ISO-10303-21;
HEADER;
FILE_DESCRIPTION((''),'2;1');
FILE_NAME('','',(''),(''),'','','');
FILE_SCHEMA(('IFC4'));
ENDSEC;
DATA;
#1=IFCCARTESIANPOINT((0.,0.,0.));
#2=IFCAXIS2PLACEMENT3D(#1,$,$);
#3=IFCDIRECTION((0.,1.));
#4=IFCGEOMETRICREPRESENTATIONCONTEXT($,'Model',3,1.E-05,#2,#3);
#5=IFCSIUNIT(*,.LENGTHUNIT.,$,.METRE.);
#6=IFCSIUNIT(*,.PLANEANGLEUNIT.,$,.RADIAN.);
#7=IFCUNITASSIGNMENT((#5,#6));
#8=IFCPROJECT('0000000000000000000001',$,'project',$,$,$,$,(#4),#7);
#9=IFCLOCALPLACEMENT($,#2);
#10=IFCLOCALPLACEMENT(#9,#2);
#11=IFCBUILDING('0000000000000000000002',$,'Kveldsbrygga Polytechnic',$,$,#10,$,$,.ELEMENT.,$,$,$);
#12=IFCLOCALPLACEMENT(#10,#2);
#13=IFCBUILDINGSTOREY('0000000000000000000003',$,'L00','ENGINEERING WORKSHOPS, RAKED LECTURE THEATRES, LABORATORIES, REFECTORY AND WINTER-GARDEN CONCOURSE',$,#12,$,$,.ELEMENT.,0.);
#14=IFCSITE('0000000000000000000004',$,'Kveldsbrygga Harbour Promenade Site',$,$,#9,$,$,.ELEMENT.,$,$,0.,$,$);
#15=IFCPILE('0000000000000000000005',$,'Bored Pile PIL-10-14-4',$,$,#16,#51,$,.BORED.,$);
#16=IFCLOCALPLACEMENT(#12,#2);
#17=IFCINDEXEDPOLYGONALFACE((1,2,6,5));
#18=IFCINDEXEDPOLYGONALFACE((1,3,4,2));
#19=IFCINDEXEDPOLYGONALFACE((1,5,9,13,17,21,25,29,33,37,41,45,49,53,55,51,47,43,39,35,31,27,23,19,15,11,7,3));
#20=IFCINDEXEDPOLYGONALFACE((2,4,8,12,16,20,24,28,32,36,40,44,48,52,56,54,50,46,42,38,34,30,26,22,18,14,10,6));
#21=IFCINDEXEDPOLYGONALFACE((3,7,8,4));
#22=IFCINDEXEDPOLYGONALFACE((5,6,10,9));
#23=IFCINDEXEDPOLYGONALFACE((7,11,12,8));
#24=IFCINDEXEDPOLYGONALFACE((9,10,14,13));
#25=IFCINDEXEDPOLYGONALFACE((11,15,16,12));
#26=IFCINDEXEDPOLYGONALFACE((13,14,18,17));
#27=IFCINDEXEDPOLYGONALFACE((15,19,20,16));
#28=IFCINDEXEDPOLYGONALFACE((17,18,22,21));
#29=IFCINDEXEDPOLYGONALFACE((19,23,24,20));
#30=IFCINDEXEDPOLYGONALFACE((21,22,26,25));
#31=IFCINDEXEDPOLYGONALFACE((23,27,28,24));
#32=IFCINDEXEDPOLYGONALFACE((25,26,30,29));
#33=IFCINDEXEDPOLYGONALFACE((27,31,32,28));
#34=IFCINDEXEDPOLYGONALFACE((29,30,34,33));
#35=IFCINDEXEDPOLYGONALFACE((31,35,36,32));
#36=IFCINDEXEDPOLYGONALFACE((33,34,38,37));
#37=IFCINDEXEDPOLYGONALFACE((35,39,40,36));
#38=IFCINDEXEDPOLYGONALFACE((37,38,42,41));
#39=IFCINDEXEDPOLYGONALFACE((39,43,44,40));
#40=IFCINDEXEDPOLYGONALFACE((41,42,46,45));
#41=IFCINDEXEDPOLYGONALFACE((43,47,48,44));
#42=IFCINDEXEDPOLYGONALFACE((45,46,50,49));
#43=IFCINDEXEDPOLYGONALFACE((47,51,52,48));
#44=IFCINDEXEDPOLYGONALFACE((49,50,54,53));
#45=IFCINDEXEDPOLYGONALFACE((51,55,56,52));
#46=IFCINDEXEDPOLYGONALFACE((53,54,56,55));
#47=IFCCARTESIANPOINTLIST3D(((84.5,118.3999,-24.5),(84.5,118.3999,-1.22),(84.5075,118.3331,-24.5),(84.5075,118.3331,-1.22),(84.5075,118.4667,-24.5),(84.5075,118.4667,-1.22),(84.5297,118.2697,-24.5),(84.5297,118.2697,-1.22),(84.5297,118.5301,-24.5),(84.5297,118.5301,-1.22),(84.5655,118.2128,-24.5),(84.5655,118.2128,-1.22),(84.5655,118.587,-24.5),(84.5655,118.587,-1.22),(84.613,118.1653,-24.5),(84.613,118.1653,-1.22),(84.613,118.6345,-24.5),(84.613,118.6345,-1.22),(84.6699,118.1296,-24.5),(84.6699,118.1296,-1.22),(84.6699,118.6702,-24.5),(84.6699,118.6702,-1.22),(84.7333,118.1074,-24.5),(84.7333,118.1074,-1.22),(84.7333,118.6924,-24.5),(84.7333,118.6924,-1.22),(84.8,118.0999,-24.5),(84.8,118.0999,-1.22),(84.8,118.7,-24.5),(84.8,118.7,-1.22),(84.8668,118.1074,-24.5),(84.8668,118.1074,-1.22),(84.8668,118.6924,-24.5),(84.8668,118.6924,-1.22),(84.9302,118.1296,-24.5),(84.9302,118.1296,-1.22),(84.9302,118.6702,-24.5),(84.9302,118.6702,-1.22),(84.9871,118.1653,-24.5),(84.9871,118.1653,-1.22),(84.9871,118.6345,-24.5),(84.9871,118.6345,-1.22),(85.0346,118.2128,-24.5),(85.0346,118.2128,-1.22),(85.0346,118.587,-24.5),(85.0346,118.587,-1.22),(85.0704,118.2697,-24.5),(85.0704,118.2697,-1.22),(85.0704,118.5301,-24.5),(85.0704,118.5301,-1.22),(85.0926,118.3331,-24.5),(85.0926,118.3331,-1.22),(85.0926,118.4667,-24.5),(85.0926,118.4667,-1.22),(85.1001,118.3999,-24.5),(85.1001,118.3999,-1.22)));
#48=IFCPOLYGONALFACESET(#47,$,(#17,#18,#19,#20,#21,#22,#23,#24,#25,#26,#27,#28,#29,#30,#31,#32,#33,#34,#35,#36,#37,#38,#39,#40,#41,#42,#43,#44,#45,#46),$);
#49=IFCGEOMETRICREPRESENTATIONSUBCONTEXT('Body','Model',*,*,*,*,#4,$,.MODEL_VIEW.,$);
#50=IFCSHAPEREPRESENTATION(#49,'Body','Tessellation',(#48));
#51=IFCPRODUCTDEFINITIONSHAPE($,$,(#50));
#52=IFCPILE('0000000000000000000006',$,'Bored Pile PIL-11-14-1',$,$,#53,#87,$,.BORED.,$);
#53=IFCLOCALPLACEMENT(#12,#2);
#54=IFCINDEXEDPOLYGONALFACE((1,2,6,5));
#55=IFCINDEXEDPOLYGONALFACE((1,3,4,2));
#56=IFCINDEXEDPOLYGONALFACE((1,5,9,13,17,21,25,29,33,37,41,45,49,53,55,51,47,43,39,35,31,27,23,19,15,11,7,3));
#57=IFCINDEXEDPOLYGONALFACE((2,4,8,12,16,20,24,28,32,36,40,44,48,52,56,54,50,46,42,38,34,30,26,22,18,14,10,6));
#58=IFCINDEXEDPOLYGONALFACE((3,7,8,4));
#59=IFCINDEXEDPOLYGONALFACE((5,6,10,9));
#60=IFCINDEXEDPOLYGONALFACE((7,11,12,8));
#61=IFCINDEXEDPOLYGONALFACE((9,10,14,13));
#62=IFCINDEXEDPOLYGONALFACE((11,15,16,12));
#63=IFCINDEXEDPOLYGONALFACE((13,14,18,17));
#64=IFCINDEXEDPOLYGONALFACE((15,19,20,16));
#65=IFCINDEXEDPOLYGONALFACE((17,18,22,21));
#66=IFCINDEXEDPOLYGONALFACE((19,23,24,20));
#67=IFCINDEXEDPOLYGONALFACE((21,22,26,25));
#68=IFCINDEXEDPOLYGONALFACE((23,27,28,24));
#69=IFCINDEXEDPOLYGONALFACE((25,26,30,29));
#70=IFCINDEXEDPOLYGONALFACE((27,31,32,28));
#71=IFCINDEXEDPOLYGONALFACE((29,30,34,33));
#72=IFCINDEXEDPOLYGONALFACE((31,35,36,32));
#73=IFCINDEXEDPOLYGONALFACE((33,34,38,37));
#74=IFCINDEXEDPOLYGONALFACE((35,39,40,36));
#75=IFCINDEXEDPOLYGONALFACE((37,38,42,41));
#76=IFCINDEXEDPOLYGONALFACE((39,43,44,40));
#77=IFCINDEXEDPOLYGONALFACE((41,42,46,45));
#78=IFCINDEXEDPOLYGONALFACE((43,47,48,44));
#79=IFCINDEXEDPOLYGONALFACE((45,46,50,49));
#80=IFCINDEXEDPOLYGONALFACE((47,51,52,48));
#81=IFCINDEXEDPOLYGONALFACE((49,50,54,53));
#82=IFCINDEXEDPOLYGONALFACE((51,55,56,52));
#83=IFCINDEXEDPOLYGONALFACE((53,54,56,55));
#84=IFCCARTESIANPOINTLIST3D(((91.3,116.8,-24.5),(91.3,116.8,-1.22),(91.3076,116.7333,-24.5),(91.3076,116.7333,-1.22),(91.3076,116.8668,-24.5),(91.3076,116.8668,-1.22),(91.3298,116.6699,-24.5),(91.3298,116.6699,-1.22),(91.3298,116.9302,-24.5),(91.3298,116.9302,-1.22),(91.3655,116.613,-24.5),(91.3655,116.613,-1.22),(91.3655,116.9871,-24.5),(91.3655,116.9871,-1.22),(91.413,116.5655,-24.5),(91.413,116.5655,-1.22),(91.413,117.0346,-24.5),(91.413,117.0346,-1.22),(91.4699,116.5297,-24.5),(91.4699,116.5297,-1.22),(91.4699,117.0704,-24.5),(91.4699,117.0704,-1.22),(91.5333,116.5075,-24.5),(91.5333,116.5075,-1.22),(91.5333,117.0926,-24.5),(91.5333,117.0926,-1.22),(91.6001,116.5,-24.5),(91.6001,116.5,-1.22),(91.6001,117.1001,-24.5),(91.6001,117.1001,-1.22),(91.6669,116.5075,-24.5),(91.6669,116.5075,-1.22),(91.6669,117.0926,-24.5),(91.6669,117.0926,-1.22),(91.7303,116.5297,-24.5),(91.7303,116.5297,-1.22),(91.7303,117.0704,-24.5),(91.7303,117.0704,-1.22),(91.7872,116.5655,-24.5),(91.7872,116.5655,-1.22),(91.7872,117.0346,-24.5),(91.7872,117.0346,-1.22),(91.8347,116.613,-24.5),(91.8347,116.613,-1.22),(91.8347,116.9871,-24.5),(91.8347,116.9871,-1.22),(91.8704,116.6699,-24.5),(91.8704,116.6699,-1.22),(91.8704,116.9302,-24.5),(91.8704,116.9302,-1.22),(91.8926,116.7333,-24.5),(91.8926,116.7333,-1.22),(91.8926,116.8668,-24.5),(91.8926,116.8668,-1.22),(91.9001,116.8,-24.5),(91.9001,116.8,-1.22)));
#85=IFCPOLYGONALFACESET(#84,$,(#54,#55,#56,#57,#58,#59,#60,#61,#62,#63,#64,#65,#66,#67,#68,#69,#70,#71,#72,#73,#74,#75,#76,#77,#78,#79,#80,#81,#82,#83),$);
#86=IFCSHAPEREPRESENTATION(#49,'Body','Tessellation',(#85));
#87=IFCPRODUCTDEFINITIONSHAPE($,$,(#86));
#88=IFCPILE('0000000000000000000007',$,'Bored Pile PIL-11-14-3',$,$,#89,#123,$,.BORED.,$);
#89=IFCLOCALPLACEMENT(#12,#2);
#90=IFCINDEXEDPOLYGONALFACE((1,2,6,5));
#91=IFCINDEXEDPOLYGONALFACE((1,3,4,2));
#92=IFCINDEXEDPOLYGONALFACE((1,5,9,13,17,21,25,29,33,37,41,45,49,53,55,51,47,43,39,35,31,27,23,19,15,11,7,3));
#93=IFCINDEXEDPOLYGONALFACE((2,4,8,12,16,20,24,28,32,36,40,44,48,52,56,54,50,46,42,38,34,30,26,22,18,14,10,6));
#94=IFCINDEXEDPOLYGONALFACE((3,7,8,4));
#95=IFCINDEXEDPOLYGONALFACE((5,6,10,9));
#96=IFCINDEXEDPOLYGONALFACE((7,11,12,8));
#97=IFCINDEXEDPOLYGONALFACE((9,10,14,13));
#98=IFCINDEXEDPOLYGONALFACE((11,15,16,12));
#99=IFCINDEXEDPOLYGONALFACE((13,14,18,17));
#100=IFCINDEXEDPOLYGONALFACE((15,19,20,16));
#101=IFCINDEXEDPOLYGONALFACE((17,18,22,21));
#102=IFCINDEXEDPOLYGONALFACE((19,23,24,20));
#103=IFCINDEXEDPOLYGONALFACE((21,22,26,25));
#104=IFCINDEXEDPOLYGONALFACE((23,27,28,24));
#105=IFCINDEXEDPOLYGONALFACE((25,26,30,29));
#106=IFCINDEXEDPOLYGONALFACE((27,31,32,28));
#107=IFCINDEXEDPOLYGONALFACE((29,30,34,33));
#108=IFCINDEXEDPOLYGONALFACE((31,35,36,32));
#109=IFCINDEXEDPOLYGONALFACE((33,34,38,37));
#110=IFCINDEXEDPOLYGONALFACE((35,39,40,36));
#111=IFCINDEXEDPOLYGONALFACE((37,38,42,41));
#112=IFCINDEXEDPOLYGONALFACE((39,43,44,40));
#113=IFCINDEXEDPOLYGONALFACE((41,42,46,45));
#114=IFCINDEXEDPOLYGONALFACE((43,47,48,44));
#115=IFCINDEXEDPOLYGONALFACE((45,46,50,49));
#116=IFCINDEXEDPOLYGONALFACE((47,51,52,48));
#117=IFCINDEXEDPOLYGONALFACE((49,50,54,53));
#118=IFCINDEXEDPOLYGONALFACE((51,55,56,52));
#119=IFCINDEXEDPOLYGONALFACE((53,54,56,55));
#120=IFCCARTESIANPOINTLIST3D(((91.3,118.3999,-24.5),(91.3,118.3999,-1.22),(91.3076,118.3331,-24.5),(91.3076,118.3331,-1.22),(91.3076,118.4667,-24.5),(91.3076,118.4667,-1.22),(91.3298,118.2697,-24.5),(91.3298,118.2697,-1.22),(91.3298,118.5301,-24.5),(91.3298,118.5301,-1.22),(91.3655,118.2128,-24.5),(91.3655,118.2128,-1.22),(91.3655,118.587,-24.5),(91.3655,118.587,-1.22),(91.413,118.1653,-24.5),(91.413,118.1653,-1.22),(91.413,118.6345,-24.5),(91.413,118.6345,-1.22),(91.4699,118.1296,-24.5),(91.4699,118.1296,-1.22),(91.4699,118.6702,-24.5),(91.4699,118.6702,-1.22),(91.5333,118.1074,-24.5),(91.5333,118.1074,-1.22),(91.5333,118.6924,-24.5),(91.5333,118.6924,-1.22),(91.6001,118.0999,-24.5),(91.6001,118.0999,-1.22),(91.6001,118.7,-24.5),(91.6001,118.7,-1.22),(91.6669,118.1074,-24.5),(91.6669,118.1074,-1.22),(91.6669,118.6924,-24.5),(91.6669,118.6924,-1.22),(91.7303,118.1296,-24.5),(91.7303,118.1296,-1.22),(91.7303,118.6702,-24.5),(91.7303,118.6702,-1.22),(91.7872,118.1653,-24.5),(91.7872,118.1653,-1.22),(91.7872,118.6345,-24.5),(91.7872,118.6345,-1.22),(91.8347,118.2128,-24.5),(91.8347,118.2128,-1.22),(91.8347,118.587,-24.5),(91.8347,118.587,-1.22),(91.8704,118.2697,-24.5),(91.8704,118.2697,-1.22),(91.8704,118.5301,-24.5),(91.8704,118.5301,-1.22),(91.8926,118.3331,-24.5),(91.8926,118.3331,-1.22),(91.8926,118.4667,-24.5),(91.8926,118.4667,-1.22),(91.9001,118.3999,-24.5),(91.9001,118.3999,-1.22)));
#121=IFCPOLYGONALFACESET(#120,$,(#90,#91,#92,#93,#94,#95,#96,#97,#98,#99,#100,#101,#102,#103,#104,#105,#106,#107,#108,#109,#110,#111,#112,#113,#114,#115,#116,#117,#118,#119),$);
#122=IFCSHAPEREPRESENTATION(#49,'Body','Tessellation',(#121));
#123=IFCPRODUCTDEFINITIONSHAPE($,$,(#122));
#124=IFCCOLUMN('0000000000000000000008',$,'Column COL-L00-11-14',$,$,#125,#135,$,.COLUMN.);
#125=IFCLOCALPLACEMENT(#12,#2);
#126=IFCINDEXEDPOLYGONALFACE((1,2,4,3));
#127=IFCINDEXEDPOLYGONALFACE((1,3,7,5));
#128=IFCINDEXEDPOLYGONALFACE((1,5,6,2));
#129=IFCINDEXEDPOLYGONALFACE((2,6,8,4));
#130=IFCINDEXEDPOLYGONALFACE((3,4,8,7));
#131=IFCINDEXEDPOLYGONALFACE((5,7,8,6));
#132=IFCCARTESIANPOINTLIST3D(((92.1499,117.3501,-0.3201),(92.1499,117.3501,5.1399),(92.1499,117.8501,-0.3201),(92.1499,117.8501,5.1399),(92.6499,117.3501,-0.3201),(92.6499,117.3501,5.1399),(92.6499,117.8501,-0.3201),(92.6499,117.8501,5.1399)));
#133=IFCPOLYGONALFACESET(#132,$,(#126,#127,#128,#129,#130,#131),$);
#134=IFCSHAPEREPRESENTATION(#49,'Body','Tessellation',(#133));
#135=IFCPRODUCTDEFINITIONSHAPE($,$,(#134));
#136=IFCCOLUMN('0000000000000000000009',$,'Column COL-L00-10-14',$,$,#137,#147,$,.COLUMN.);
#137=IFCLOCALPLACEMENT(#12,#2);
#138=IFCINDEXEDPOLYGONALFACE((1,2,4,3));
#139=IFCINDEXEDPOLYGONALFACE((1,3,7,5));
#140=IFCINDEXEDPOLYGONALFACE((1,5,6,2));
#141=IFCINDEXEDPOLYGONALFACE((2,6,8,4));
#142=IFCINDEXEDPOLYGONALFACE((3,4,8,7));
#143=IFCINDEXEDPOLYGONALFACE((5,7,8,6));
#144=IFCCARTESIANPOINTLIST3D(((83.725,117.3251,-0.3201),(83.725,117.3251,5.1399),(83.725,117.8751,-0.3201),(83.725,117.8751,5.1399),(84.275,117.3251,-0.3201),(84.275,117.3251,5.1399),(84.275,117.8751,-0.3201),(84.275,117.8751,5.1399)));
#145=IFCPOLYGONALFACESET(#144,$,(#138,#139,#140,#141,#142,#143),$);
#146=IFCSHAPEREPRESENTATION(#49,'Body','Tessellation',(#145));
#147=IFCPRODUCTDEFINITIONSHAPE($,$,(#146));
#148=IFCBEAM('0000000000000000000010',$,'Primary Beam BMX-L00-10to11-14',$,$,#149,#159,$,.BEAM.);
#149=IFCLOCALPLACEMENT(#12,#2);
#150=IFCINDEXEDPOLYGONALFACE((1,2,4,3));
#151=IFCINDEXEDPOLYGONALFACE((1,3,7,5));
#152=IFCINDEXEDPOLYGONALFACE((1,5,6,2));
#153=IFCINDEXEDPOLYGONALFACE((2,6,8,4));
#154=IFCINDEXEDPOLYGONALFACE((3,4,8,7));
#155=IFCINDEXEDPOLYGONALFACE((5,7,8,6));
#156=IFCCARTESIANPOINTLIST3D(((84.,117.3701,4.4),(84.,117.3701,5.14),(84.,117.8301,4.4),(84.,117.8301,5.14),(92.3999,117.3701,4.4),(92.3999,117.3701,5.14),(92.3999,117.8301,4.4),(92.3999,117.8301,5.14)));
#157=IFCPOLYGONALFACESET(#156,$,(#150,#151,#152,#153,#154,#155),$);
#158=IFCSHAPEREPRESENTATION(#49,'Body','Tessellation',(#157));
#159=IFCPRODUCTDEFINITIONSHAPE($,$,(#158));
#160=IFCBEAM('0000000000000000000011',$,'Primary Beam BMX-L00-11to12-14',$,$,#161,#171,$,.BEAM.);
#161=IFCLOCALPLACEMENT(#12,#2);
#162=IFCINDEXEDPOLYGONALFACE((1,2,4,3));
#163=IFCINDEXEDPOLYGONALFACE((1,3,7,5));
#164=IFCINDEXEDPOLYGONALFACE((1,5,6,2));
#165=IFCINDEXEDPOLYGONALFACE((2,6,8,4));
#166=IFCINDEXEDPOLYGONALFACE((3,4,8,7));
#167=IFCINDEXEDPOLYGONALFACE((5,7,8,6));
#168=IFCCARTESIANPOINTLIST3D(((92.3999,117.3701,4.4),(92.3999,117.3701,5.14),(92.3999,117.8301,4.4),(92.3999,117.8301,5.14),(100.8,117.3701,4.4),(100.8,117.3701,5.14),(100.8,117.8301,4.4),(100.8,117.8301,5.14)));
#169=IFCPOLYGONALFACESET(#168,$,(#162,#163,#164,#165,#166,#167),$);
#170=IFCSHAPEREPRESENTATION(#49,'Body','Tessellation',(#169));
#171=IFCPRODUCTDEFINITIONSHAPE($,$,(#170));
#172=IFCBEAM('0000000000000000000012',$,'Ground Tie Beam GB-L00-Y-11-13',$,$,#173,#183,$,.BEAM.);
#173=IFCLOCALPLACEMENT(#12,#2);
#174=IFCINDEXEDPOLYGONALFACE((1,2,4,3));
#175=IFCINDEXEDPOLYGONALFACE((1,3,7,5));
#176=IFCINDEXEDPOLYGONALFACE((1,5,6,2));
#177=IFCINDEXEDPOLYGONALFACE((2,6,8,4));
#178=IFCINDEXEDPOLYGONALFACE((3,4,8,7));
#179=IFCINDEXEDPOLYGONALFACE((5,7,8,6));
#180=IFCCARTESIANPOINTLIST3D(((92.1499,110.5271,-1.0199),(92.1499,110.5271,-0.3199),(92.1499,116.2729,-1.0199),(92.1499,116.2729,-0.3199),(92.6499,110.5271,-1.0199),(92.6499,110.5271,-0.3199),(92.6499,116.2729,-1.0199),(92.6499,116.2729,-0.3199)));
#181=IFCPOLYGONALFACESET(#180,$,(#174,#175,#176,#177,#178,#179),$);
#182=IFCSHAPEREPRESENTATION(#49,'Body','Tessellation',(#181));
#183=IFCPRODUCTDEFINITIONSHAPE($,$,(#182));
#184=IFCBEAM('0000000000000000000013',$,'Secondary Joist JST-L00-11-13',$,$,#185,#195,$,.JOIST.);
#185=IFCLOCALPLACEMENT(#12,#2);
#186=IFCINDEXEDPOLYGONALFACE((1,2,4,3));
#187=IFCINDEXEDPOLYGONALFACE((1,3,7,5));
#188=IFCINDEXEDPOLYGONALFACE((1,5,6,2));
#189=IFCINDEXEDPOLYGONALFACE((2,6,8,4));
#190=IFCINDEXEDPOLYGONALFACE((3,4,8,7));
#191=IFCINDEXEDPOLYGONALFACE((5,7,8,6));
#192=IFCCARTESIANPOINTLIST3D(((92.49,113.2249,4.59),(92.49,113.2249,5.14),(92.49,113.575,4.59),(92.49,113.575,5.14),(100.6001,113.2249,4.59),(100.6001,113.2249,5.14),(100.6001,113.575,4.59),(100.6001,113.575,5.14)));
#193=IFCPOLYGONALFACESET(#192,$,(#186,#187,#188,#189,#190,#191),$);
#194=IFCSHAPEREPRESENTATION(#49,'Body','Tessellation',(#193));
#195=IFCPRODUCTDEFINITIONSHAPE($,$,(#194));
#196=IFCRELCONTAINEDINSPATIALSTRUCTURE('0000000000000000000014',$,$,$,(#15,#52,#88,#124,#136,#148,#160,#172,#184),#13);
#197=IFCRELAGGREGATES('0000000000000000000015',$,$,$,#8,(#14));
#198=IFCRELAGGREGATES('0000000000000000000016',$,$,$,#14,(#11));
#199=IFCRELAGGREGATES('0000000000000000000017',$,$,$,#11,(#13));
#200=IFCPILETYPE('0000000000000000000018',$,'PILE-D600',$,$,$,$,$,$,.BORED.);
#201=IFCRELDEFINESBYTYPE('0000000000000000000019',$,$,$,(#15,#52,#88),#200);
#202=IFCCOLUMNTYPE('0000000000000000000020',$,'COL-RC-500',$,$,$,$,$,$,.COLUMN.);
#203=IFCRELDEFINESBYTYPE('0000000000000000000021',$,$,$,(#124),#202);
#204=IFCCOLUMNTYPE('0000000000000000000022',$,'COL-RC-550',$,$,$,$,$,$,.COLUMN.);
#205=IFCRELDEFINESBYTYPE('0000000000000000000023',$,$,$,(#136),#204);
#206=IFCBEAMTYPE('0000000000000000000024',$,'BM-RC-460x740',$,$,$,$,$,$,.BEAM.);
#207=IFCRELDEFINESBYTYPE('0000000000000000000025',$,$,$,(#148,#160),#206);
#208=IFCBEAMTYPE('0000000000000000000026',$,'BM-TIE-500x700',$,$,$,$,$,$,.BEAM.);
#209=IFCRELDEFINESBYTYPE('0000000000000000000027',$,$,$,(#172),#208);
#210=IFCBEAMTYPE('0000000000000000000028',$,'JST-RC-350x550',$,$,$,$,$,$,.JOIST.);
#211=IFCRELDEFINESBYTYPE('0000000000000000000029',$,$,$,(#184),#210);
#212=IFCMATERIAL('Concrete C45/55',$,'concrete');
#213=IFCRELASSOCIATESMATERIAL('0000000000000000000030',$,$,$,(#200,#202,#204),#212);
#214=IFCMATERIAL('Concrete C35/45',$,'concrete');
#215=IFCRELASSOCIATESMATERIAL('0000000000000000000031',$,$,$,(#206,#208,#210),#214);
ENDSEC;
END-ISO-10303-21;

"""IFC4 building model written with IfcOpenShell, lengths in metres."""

from ifc_helpers import new_model, si_unit, direction, frame, origin, origin_2d, place, context, subcontext, project, spatial, rectangle, circle, extrude, material, material_profile, profile_set, type_object, element, save


model = new_model("IFC4")

# Units and contexts
model_context = context("Model", 3, precision=1e-05, world=origin(), true_north=direction((0.0, 1.0)))
body_context = subcontext(model_context, "Body", "Model", "MODEL_VIEW")
ifc_project = project(units=[si_unit("LENGTHUNIT", "METRE"), si_unit("PLANEANGLEUNIT", "RADIAN")], contexts=[model_context])

# Site, building, storey
site_placement = place(None, origin())
site = spatial("IfcSite", under=ifc_project, at=site_placement, Name="Kveldsbrygga Harbour Promenade Site", CompositionType="ELEMENT", RefElevation=0.0)
building_placement = place(site_placement, origin())
building = spatial("IfcBuilding", under=site, at=building_placement, Name="Kveldsbrygga Polytechnic", CompositionType="ELEMENT")
storey_placement = place(building_placement, origin())
storey = spatial("IfcBuildingStorey", under=building, at=storey_placement, Name="L00", Description="ENGINEERING WORKSHOPS, RAKED LECTURE THEATRES, LABORATORIES, REFECTORY AND WINTER-GARDEN CONCOURSE", CompositionType="ELEMENT", Elevation=0.0)

# Shared definitions
ifc_material_1 = material(Name="Concrete C45/55", Category="concrete")

# Piles
ifc_material_profile_1 = material_profile(ifc_material_1, circle(Radius=0.3, at=origin_2d()), Name="PILE D600")
ifc_profile_set_1 = profile_set([ifc_material_profile_1], Name="Concrete C45/55")
pile_type = type_object("IfcPileType", Name="PILE-D600", PredefinedType="BORED", material=ifc_profile_set_1)
for number, where, z_axis, x_axis, name in (
    (1, (84.8, 118.3999, -1.22), (0.0, 0.0, -1.0), (1.0, 0.0, 0.0), "Bored Pile PIL-10-14-4"),
    (2, (91.6001, 116.8, -1.22), (0.0, 0.0, -1.0), (1.0, 0.0, 0.0), "Bored Pile PIL-11-14-1"),
    (3, (91.6001, 118.3999, -1.22), (0.0, 0.0, -1.0), (1.0, 0.0, 0.0), "Bored Pile PIL-11-14-3"),
):
    element("IfcPile", number, at=place(storey_placement, frame(where, z_axis=z_axis, x_axis=x_axis)), inside=storey, type_object=pile_type, Name=name, PredefinedType="BORED", context=body_context, shape_type="SweptSolid", body=[
        extrude(circle(Radius=0.3, at=origin_2d()), origin(), (0.0, 0.0, 1.0), 23.28),
    ])

# Columns
ifc_material_profile_2 = material_profile(ifc_material_1, rectangle(XDim=0.5, YDim=0.5, at=origin_2d()), Name="RC 500x500")
ifc_profile_set_2 = profile_set([ifc_material_profile_2], Name="Concrete C45/55")
column_type_1 = type_object("IfcColumnType", Name="COL-RC-500", PredefinedType="COLUMN", material=ifc_profile_set_2)
column_1_placement = place(storey_placement, frame((92.3999, 117.6001, -0.3201), z_axis=(0.0, 0.0, 1.0), x_axis=(1.0, 0.0, 0.0)))
element("IfcColumn", 4, at=column_1_placement, inside=storey, type_object=column_type_1, Name="Column COL-L00-11-14", PredefinedType="COLUMN", context=body_context, shape_type="SweptSolid", body=[
    extrude(rectangle(XDim=0.5, YDim=0.5, at=origin_2d()), origin(), (0.0, 0.0, 1.0), 5.46),
])
ifc_material_profile_3 = material_profile(ifc_material_1, rectangle(XDim=0.55, YDim=0.55, at=origin_2d()), Name="RC 550x550")
ifc_profile_set_3 = profile_set([ifc_material_profile_3], Name="Concrete C45/55")
column_type_2 = type_object("IfcColumnType", Name="COL-RC-550", PredefinedType="COLUMN", material=ifc_profile_set_3)
column_2_placement = place(storey_placement, frame((84.0, 117.6001, -0.3201), z_axis=(0.0, 0.0, 1.0), x_axis=(1.0, 0.0, 0.0)))
element("IfcColumn", 5, at=column_2_placement, inside=storey, type_object=column_type_2, Name="Column COL-L00-10-14", PredefinedType="COLUMN", context=body_context, shape_type="SweptSolid", body=[
    extrude(rectangle(XDim=0.55, YDim=0.55, at=origin_2d()), origin(), (0.0, 0.0, 1.0), 5.46),
])

# Beams
ifc_material_2 = material(Name="Concrete C35/45", Category="concrete")
ifc_material_profile_4 = material_profile(ifc_material_2, rectangle(XDim=0.46, YDim=0.74, at=origin_2d()), Name="RC 460x740")
ifc_profile_set_4 = profile_set([ifc_material_profile_4], Name="Concrete C35/45")
beam_type_1 = type_object("IfcBeamType", Name="BM-RC-460x740", PredefinedType="BEAM", material=ifc_profile_set_4)
beam_1_placement = place(storey_placement, frame((84.0, 117.6001, 4.77), z_axis=(1.0, 0.0, 0.0), x_axis=(0.0, 1.0, 0.0)))
element("IfcBeam", 6, at=beam_1_placement, inside=storey, type_object=beam_type_1, Name="Primary Beam BMX-L00-10to11-14", PredefinedType="BEAM", context=body_context, shape_type="SweptSolid", body=[
    extrude(rectangle(XDim=0.46, YDim=0.74, at=origin_2d()), origin(), (0.0, 0.0, 1.0), 8.3999),
])
beam_2_placement = place(storey_placement, frame((92.3999, 117.6001, 4.77), z_axis=(1.0, 0.0, 0.0), x_axis=(0.0, 1.0, 0.0)))
element("IfcBeam", 7, at=beam_2_placement, inside=storey, type_object=beam_type_1, Name="Primary Beam BMX-L00-11to12-14", PredefinedType="BEAM", context=body_context, shape_type="SweptSolid", body=[
    extrude(rectangle(XDim=0.46, YDim=0.74, at=origin_2d()), origin(), (0.0, 0.0, 1.0), 8.4001),
])
ifc_material_profile_5 = material_profile(ifc_material_2, rectangle(XDim=0.5, YDim=0.7, at=origin_2d()), Name="RC 500x700")
ifc_profile_set_5 = profile_set([ifc_material_profile_5], Name="Concrete C35/45")
beam_type_2 = type_object("IfcBeamType", Name="BM-TIE-500x700", PredefinedType="BEAM", material=ifc_profile_set_5)
beam_3_placement = place(storey_placement, frame((92.3999, 110.5271, -0.6699), z_axis=(0.0, 1.0, 0.0), x_axis=(-1.0, 0.0, 0.0)))
element("IfcBeam", 8, at=beam_3_placement, inside=storey, type_object=beam_type_2, Name="Ground Tie Beam GB-L00-Y-11-13", PredefinedType="BEAM", context=body_context, shape_type="SweptSolid", body=[
    extrude(rectangle(XDim=0.5, YDim=0.7, at=origin_2d()), origin(), (0.0, 0.0, 1.0), 5.7458),
])
ifc_material_profile_6 = material_profile(ifc_material_2, rectangle(XDim=0.3501, YDim=0.55, at=origin_2d()), Name="RC 350x550")
ifc_profile_set_6 = profile_set([ifc_material_profile_6], Name="Concrete C35/45")
beam_type_3 = type_object("IfcBeamType", Name="JST-RC-350x550", PredefinedType="JOIST", material=ifc_profile_set_6)
beam_4_placement = place(storey_placement, frame((92.49, 113.3999, 4.865), z_axis=(1.0, 0.0, 0.0), x_axis=(0.0, 1.0, 0.0)))
element("IfcBeam", 9, at=beam_4_placement, inside=storey, type_object=beam_type_3, Name="Secondary Joist JST-L00-11-13", PredefinedType="JOIST", context=body_context, shape_type="SweptSolid", body=[
    extrude(rectangle(XDim=0.3501, YDim=0.55, at=origin_2d()), origin(), (0.0, 0.0, 1.0), 8.1101),
])

save(model, "model.ifc")
